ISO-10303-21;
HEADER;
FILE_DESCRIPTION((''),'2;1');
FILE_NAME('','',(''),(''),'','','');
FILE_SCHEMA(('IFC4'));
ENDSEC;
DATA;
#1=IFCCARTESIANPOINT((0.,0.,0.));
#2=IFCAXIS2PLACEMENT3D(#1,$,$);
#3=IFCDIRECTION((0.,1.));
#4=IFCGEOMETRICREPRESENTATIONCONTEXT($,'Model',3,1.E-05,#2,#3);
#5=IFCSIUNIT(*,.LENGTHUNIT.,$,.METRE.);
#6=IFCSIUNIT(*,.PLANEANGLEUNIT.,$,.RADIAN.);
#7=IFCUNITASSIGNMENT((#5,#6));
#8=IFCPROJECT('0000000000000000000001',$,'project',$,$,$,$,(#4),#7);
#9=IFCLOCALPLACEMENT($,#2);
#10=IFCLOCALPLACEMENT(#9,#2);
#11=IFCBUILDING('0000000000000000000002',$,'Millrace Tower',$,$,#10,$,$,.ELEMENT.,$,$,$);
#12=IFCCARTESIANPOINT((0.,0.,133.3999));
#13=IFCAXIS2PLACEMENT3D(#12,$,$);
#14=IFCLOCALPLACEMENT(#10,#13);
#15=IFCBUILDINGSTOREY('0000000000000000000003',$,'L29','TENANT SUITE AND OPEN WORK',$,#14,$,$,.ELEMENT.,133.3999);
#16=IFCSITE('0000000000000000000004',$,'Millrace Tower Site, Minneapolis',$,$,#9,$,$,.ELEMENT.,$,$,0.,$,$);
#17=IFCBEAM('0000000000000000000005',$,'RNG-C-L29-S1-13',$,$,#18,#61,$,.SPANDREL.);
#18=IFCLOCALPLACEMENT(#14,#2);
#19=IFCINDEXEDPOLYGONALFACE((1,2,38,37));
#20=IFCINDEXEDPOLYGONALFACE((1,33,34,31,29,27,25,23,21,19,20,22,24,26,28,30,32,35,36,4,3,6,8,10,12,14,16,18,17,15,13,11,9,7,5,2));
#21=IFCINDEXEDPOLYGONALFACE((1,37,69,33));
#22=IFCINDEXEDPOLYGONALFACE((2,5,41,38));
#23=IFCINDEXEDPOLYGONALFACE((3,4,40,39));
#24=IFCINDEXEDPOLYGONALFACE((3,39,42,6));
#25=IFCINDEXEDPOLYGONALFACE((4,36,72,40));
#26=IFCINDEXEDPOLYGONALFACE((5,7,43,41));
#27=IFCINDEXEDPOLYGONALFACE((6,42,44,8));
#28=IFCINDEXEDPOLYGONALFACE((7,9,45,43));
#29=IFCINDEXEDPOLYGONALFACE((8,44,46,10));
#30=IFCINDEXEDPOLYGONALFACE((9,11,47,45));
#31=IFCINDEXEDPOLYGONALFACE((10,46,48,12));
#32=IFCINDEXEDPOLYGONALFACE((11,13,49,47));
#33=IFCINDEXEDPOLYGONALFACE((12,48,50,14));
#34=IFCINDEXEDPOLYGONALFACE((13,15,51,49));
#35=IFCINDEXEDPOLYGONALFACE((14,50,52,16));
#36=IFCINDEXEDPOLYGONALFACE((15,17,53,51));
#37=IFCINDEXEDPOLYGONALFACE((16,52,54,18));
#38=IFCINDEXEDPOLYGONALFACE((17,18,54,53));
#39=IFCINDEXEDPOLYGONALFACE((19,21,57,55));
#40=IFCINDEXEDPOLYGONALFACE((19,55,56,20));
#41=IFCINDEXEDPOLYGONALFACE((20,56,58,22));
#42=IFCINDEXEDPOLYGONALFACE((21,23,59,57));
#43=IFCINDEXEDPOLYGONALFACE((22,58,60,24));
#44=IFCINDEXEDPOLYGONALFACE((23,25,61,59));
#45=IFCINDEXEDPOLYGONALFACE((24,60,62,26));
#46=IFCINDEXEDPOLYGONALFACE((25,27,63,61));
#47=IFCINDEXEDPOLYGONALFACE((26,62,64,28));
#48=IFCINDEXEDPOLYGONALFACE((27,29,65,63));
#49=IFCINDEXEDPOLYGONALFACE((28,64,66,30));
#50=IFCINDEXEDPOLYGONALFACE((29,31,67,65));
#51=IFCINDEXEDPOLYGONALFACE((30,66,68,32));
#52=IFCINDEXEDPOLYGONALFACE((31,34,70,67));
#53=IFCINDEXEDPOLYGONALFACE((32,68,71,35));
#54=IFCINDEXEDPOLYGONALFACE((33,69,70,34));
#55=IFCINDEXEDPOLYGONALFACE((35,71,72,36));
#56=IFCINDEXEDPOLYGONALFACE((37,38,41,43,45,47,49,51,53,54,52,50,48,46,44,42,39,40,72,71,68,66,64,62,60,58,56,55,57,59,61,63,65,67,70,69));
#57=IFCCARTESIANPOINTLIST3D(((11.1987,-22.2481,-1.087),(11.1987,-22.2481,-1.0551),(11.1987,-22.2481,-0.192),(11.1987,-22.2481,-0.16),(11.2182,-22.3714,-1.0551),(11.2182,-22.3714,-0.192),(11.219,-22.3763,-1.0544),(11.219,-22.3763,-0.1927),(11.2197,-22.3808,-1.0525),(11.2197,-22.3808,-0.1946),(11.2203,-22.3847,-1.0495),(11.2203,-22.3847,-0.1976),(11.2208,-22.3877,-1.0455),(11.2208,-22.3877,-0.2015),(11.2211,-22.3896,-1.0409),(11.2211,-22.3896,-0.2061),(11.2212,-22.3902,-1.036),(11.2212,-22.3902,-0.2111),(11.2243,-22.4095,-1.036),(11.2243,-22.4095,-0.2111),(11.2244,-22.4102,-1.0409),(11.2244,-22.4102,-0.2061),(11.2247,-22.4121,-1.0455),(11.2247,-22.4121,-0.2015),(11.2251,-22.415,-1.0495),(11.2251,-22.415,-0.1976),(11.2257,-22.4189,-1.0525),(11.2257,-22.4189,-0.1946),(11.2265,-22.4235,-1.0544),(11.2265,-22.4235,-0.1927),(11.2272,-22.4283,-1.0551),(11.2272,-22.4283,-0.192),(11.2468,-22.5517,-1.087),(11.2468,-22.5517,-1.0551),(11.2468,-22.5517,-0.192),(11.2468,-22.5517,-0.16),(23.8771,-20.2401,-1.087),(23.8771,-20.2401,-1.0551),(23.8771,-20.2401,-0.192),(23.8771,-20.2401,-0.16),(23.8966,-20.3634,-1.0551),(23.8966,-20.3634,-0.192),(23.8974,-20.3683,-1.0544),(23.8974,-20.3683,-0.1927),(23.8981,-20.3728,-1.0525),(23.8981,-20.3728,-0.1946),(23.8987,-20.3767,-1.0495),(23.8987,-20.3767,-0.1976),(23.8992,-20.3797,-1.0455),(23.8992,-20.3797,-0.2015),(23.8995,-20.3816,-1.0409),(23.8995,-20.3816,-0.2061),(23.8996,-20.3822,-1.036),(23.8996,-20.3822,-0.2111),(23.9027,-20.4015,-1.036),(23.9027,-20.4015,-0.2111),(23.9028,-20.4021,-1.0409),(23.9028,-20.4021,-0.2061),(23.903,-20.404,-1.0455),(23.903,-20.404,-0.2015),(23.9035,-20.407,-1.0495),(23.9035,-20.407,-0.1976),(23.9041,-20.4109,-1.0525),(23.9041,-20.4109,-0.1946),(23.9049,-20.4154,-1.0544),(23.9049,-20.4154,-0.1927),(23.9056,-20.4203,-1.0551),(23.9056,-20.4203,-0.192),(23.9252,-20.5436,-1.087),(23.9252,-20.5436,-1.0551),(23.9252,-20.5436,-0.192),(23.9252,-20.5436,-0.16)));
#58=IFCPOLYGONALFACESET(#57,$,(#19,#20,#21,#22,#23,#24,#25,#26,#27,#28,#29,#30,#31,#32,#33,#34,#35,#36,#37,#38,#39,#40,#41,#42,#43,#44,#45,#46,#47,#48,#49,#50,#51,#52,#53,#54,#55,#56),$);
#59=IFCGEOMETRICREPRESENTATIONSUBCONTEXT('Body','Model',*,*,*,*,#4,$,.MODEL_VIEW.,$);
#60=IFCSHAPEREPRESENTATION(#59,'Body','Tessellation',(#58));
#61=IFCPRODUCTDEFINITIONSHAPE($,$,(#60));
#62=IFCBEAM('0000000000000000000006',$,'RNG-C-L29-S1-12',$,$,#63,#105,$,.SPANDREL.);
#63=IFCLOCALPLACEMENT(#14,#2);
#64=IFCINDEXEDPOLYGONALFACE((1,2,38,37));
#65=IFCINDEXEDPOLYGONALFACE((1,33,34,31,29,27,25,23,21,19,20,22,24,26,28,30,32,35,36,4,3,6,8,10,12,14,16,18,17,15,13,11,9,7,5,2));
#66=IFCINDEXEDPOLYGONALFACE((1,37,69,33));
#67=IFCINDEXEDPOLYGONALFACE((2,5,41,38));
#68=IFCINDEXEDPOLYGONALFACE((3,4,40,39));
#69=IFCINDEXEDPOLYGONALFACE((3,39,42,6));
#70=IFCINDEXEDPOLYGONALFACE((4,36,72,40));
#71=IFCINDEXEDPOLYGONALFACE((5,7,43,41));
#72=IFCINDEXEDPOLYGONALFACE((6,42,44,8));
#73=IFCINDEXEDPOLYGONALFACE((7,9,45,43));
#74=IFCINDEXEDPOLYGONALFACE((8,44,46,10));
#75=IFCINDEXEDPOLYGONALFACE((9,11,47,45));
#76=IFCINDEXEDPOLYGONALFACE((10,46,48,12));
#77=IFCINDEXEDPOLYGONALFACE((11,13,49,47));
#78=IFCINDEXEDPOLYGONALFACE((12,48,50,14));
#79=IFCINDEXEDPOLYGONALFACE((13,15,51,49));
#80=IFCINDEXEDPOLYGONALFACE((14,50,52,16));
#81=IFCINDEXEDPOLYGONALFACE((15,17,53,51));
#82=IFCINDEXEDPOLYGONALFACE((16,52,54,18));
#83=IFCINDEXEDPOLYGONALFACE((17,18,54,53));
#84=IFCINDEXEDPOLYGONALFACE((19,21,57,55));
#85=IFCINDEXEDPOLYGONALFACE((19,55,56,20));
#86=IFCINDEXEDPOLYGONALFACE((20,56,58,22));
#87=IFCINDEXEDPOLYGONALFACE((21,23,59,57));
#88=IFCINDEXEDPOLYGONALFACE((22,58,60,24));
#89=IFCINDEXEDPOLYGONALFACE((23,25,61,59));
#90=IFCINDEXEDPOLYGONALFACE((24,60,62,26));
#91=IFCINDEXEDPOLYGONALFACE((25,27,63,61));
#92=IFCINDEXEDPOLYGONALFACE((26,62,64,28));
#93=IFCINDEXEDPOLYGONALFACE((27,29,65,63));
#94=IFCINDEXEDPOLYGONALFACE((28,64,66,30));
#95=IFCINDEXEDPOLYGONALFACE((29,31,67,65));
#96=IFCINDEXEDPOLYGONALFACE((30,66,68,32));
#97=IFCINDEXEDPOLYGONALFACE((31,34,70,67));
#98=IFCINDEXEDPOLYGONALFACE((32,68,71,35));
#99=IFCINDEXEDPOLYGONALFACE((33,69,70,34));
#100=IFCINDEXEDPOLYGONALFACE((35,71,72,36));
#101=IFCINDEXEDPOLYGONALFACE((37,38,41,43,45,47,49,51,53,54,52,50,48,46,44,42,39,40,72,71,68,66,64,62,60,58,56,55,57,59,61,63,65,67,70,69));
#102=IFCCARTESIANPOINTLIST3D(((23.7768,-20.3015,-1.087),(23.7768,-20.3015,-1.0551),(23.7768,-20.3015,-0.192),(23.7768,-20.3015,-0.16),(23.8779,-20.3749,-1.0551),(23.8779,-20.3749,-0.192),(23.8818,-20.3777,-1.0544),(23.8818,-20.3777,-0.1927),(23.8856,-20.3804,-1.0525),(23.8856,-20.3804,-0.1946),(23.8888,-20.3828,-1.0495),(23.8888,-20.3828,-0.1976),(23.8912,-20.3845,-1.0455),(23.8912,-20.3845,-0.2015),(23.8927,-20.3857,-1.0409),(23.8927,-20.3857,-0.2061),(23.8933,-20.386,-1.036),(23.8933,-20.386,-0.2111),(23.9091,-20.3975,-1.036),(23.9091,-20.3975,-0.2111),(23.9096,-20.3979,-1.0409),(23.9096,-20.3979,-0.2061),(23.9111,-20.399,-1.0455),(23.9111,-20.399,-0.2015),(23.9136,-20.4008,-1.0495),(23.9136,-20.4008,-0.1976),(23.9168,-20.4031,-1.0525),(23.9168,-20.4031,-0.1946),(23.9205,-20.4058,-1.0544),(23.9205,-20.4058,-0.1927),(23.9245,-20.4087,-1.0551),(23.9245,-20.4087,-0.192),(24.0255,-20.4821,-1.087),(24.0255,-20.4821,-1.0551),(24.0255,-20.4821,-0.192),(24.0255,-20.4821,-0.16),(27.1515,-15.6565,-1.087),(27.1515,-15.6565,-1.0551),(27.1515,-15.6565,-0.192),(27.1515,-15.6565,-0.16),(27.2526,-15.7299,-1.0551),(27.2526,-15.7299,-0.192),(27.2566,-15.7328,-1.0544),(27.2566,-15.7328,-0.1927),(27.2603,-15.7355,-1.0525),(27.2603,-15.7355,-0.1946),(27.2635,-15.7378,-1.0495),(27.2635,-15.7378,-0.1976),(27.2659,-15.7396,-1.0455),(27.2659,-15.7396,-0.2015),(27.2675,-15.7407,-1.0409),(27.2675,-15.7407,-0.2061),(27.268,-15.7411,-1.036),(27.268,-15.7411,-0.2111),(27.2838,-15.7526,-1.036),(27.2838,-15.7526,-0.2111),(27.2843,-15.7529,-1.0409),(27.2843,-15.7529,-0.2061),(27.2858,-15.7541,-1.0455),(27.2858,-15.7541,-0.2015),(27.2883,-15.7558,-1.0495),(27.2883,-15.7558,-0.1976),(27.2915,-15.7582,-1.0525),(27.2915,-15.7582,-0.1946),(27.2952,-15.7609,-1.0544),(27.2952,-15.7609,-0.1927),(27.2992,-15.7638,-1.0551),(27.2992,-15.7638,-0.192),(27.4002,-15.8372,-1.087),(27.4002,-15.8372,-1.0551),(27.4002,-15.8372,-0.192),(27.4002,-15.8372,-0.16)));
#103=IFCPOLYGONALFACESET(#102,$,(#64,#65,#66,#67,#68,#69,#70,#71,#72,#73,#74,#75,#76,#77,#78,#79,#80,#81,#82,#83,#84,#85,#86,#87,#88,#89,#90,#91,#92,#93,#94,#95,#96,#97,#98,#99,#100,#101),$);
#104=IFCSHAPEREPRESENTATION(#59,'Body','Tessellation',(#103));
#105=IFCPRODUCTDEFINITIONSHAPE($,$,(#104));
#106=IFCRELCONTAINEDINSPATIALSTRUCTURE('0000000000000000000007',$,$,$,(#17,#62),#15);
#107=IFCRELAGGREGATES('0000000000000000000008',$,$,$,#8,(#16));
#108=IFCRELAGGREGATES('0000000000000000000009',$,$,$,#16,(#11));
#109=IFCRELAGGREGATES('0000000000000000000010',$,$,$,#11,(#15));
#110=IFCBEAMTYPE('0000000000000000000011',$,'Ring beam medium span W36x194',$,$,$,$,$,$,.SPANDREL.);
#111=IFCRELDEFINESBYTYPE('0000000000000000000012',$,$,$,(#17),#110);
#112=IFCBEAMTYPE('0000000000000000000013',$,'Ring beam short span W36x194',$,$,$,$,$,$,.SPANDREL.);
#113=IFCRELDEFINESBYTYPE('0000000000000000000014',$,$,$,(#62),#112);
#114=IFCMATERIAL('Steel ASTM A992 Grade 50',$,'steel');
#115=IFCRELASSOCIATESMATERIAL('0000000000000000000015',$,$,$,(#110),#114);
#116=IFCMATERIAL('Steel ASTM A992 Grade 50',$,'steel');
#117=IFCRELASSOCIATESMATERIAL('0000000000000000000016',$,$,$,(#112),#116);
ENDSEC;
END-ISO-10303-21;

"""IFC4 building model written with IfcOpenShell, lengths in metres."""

from ifc_helpers import new_model, si_unit, direction, frame, origin, origin_2d, place, context, subcontext, project, spatial, i_section, extrude, material, material_profile, profile_set, type_object, element, save


model = new_model("IFC4")

# Units and contexts
model_context = context("Model", 3, precision=1e-05, world=origin(), true_north=direction((0.0, 1.0)))
body_context = subcontext(model_context, "Body", "Model", "MODEL_VIEW")
ifc_project = project(units=[si_unit("LENGTHUNIT", "METRE"), si_unit("PLANEANGLEUNIT", "RADIAN")], contexts=[model_context])

# Site, building, storey
site_placement = place(None, origin())
site = spatial("IfcSite", under=ifc_project, at=site_placement, Name="Millrace Tower Site, Minneapolis", CompositionType="ELEMENT", RefElevation=0.0)
building_placement = place(site_placement, origin())
building = spatial("IfcBuilding", under=site, at=building_placement, Name="Millrace Tower", CompositionType="ELEMENT")
storey_placement = place(building_placement, frame((0.0, 0.0, 133.3999)))
storey = spatial("IfcBuildingStorey", under=building, at=storey_placement, Name="L29", Description="TENANT SUITE AND OPEN WORK", CompositionType="ELEMENT", Elevation=133.3999)

# Beams
ifc_material_1 = material(Name="Steel ASTM A992 Grade 50", Category="steel")
ifc_material_profile_1 = material_profile(ifc_material_1, i_section(OverallWidth=0.3074, OverallDepth=0.927, WebThickness=0.0195, FlangeThickness=0.032, FilletRadius=0.019, at=origin_2d()))
ifc_profile_set_1 = profile_set([ifc_material_profile_1], Name="Steel ASTM A992 Grade 50")
beam_type_1 = type_object("IfcBeamType", Name="Ring beam medium span W36x194", PredefinedType="SPANDREL", material=ifc_profile_set_1)
beam_1_placement = place(storey_placement, frame((23.9011, -20.3918, -0.6235), z_axis=(-0.987689, -0.156433, 0.0), x_axis=(0.156433, -0.987689, 0.0)))
element("IfcBeam", 1, at=beam_1_placement, inside=storey, type_object=beam_type_1, Name="RNG-C-L29-S1-13", PredefinedType="SPANDREL", context=body_context, shape_type="SweptSolid", body=[
    extrude(i_section(OverallWidth=0.3074, OverallDepth=0.927, WebThickness=0.0195, FlangeThickness=0.032, FilletRadius=0.019, at=origin_2d()), origin(), (0.0, 0.0, 1.0), 12.8364),
])
ifc_material_2 = material(Name="Steel ASTM A992 Grade 50", Category="steel")
ifc_material_profile_2 = material_profile(ifc_material_2, i_section(OverallWidth=0.3074, OverallDepth=0.927, WebThickness=0.0195, FlangeThickness=0.032, FilletRadius=0.019, at=origin_2d()))
ifc_profile_set_2 = profile_set([ifc_material_profile_2], Name="Steel ASTM A992 Grade 50")
beam_type_2 = type_object("IfcBeamType", Name="Ring beam short span W36x194", PredefinedType="SPANDREL", material=ifc_profile_set_2)
beam_2_placement = place(storey_placement, frame((27.2759, -15.7468, -0.6235), z_axis=(-0.58778, -0.809021, 0.0), x_axis=(0.809021, -0.58778, 0.0)))
element("IfcBeam", 2, at=beam_2_placement, inside=storey, type_object=beam_type_2, Name="RNG-C-L29-S1-12", PredefinedType="SPANDREL", context=body_context, shape_type="SweptSolid", body=[
    extrude(i_section(OverallWidth=0.3074, OverallDepth=0.927, WebThickness=0.0195, FlangeThickness=0.032, FilletRadius=0.019, at=origin_2d()), origin(), (0.0, 0.0, 1.0), 5.7415),
])

save(model, "model.ifc")
